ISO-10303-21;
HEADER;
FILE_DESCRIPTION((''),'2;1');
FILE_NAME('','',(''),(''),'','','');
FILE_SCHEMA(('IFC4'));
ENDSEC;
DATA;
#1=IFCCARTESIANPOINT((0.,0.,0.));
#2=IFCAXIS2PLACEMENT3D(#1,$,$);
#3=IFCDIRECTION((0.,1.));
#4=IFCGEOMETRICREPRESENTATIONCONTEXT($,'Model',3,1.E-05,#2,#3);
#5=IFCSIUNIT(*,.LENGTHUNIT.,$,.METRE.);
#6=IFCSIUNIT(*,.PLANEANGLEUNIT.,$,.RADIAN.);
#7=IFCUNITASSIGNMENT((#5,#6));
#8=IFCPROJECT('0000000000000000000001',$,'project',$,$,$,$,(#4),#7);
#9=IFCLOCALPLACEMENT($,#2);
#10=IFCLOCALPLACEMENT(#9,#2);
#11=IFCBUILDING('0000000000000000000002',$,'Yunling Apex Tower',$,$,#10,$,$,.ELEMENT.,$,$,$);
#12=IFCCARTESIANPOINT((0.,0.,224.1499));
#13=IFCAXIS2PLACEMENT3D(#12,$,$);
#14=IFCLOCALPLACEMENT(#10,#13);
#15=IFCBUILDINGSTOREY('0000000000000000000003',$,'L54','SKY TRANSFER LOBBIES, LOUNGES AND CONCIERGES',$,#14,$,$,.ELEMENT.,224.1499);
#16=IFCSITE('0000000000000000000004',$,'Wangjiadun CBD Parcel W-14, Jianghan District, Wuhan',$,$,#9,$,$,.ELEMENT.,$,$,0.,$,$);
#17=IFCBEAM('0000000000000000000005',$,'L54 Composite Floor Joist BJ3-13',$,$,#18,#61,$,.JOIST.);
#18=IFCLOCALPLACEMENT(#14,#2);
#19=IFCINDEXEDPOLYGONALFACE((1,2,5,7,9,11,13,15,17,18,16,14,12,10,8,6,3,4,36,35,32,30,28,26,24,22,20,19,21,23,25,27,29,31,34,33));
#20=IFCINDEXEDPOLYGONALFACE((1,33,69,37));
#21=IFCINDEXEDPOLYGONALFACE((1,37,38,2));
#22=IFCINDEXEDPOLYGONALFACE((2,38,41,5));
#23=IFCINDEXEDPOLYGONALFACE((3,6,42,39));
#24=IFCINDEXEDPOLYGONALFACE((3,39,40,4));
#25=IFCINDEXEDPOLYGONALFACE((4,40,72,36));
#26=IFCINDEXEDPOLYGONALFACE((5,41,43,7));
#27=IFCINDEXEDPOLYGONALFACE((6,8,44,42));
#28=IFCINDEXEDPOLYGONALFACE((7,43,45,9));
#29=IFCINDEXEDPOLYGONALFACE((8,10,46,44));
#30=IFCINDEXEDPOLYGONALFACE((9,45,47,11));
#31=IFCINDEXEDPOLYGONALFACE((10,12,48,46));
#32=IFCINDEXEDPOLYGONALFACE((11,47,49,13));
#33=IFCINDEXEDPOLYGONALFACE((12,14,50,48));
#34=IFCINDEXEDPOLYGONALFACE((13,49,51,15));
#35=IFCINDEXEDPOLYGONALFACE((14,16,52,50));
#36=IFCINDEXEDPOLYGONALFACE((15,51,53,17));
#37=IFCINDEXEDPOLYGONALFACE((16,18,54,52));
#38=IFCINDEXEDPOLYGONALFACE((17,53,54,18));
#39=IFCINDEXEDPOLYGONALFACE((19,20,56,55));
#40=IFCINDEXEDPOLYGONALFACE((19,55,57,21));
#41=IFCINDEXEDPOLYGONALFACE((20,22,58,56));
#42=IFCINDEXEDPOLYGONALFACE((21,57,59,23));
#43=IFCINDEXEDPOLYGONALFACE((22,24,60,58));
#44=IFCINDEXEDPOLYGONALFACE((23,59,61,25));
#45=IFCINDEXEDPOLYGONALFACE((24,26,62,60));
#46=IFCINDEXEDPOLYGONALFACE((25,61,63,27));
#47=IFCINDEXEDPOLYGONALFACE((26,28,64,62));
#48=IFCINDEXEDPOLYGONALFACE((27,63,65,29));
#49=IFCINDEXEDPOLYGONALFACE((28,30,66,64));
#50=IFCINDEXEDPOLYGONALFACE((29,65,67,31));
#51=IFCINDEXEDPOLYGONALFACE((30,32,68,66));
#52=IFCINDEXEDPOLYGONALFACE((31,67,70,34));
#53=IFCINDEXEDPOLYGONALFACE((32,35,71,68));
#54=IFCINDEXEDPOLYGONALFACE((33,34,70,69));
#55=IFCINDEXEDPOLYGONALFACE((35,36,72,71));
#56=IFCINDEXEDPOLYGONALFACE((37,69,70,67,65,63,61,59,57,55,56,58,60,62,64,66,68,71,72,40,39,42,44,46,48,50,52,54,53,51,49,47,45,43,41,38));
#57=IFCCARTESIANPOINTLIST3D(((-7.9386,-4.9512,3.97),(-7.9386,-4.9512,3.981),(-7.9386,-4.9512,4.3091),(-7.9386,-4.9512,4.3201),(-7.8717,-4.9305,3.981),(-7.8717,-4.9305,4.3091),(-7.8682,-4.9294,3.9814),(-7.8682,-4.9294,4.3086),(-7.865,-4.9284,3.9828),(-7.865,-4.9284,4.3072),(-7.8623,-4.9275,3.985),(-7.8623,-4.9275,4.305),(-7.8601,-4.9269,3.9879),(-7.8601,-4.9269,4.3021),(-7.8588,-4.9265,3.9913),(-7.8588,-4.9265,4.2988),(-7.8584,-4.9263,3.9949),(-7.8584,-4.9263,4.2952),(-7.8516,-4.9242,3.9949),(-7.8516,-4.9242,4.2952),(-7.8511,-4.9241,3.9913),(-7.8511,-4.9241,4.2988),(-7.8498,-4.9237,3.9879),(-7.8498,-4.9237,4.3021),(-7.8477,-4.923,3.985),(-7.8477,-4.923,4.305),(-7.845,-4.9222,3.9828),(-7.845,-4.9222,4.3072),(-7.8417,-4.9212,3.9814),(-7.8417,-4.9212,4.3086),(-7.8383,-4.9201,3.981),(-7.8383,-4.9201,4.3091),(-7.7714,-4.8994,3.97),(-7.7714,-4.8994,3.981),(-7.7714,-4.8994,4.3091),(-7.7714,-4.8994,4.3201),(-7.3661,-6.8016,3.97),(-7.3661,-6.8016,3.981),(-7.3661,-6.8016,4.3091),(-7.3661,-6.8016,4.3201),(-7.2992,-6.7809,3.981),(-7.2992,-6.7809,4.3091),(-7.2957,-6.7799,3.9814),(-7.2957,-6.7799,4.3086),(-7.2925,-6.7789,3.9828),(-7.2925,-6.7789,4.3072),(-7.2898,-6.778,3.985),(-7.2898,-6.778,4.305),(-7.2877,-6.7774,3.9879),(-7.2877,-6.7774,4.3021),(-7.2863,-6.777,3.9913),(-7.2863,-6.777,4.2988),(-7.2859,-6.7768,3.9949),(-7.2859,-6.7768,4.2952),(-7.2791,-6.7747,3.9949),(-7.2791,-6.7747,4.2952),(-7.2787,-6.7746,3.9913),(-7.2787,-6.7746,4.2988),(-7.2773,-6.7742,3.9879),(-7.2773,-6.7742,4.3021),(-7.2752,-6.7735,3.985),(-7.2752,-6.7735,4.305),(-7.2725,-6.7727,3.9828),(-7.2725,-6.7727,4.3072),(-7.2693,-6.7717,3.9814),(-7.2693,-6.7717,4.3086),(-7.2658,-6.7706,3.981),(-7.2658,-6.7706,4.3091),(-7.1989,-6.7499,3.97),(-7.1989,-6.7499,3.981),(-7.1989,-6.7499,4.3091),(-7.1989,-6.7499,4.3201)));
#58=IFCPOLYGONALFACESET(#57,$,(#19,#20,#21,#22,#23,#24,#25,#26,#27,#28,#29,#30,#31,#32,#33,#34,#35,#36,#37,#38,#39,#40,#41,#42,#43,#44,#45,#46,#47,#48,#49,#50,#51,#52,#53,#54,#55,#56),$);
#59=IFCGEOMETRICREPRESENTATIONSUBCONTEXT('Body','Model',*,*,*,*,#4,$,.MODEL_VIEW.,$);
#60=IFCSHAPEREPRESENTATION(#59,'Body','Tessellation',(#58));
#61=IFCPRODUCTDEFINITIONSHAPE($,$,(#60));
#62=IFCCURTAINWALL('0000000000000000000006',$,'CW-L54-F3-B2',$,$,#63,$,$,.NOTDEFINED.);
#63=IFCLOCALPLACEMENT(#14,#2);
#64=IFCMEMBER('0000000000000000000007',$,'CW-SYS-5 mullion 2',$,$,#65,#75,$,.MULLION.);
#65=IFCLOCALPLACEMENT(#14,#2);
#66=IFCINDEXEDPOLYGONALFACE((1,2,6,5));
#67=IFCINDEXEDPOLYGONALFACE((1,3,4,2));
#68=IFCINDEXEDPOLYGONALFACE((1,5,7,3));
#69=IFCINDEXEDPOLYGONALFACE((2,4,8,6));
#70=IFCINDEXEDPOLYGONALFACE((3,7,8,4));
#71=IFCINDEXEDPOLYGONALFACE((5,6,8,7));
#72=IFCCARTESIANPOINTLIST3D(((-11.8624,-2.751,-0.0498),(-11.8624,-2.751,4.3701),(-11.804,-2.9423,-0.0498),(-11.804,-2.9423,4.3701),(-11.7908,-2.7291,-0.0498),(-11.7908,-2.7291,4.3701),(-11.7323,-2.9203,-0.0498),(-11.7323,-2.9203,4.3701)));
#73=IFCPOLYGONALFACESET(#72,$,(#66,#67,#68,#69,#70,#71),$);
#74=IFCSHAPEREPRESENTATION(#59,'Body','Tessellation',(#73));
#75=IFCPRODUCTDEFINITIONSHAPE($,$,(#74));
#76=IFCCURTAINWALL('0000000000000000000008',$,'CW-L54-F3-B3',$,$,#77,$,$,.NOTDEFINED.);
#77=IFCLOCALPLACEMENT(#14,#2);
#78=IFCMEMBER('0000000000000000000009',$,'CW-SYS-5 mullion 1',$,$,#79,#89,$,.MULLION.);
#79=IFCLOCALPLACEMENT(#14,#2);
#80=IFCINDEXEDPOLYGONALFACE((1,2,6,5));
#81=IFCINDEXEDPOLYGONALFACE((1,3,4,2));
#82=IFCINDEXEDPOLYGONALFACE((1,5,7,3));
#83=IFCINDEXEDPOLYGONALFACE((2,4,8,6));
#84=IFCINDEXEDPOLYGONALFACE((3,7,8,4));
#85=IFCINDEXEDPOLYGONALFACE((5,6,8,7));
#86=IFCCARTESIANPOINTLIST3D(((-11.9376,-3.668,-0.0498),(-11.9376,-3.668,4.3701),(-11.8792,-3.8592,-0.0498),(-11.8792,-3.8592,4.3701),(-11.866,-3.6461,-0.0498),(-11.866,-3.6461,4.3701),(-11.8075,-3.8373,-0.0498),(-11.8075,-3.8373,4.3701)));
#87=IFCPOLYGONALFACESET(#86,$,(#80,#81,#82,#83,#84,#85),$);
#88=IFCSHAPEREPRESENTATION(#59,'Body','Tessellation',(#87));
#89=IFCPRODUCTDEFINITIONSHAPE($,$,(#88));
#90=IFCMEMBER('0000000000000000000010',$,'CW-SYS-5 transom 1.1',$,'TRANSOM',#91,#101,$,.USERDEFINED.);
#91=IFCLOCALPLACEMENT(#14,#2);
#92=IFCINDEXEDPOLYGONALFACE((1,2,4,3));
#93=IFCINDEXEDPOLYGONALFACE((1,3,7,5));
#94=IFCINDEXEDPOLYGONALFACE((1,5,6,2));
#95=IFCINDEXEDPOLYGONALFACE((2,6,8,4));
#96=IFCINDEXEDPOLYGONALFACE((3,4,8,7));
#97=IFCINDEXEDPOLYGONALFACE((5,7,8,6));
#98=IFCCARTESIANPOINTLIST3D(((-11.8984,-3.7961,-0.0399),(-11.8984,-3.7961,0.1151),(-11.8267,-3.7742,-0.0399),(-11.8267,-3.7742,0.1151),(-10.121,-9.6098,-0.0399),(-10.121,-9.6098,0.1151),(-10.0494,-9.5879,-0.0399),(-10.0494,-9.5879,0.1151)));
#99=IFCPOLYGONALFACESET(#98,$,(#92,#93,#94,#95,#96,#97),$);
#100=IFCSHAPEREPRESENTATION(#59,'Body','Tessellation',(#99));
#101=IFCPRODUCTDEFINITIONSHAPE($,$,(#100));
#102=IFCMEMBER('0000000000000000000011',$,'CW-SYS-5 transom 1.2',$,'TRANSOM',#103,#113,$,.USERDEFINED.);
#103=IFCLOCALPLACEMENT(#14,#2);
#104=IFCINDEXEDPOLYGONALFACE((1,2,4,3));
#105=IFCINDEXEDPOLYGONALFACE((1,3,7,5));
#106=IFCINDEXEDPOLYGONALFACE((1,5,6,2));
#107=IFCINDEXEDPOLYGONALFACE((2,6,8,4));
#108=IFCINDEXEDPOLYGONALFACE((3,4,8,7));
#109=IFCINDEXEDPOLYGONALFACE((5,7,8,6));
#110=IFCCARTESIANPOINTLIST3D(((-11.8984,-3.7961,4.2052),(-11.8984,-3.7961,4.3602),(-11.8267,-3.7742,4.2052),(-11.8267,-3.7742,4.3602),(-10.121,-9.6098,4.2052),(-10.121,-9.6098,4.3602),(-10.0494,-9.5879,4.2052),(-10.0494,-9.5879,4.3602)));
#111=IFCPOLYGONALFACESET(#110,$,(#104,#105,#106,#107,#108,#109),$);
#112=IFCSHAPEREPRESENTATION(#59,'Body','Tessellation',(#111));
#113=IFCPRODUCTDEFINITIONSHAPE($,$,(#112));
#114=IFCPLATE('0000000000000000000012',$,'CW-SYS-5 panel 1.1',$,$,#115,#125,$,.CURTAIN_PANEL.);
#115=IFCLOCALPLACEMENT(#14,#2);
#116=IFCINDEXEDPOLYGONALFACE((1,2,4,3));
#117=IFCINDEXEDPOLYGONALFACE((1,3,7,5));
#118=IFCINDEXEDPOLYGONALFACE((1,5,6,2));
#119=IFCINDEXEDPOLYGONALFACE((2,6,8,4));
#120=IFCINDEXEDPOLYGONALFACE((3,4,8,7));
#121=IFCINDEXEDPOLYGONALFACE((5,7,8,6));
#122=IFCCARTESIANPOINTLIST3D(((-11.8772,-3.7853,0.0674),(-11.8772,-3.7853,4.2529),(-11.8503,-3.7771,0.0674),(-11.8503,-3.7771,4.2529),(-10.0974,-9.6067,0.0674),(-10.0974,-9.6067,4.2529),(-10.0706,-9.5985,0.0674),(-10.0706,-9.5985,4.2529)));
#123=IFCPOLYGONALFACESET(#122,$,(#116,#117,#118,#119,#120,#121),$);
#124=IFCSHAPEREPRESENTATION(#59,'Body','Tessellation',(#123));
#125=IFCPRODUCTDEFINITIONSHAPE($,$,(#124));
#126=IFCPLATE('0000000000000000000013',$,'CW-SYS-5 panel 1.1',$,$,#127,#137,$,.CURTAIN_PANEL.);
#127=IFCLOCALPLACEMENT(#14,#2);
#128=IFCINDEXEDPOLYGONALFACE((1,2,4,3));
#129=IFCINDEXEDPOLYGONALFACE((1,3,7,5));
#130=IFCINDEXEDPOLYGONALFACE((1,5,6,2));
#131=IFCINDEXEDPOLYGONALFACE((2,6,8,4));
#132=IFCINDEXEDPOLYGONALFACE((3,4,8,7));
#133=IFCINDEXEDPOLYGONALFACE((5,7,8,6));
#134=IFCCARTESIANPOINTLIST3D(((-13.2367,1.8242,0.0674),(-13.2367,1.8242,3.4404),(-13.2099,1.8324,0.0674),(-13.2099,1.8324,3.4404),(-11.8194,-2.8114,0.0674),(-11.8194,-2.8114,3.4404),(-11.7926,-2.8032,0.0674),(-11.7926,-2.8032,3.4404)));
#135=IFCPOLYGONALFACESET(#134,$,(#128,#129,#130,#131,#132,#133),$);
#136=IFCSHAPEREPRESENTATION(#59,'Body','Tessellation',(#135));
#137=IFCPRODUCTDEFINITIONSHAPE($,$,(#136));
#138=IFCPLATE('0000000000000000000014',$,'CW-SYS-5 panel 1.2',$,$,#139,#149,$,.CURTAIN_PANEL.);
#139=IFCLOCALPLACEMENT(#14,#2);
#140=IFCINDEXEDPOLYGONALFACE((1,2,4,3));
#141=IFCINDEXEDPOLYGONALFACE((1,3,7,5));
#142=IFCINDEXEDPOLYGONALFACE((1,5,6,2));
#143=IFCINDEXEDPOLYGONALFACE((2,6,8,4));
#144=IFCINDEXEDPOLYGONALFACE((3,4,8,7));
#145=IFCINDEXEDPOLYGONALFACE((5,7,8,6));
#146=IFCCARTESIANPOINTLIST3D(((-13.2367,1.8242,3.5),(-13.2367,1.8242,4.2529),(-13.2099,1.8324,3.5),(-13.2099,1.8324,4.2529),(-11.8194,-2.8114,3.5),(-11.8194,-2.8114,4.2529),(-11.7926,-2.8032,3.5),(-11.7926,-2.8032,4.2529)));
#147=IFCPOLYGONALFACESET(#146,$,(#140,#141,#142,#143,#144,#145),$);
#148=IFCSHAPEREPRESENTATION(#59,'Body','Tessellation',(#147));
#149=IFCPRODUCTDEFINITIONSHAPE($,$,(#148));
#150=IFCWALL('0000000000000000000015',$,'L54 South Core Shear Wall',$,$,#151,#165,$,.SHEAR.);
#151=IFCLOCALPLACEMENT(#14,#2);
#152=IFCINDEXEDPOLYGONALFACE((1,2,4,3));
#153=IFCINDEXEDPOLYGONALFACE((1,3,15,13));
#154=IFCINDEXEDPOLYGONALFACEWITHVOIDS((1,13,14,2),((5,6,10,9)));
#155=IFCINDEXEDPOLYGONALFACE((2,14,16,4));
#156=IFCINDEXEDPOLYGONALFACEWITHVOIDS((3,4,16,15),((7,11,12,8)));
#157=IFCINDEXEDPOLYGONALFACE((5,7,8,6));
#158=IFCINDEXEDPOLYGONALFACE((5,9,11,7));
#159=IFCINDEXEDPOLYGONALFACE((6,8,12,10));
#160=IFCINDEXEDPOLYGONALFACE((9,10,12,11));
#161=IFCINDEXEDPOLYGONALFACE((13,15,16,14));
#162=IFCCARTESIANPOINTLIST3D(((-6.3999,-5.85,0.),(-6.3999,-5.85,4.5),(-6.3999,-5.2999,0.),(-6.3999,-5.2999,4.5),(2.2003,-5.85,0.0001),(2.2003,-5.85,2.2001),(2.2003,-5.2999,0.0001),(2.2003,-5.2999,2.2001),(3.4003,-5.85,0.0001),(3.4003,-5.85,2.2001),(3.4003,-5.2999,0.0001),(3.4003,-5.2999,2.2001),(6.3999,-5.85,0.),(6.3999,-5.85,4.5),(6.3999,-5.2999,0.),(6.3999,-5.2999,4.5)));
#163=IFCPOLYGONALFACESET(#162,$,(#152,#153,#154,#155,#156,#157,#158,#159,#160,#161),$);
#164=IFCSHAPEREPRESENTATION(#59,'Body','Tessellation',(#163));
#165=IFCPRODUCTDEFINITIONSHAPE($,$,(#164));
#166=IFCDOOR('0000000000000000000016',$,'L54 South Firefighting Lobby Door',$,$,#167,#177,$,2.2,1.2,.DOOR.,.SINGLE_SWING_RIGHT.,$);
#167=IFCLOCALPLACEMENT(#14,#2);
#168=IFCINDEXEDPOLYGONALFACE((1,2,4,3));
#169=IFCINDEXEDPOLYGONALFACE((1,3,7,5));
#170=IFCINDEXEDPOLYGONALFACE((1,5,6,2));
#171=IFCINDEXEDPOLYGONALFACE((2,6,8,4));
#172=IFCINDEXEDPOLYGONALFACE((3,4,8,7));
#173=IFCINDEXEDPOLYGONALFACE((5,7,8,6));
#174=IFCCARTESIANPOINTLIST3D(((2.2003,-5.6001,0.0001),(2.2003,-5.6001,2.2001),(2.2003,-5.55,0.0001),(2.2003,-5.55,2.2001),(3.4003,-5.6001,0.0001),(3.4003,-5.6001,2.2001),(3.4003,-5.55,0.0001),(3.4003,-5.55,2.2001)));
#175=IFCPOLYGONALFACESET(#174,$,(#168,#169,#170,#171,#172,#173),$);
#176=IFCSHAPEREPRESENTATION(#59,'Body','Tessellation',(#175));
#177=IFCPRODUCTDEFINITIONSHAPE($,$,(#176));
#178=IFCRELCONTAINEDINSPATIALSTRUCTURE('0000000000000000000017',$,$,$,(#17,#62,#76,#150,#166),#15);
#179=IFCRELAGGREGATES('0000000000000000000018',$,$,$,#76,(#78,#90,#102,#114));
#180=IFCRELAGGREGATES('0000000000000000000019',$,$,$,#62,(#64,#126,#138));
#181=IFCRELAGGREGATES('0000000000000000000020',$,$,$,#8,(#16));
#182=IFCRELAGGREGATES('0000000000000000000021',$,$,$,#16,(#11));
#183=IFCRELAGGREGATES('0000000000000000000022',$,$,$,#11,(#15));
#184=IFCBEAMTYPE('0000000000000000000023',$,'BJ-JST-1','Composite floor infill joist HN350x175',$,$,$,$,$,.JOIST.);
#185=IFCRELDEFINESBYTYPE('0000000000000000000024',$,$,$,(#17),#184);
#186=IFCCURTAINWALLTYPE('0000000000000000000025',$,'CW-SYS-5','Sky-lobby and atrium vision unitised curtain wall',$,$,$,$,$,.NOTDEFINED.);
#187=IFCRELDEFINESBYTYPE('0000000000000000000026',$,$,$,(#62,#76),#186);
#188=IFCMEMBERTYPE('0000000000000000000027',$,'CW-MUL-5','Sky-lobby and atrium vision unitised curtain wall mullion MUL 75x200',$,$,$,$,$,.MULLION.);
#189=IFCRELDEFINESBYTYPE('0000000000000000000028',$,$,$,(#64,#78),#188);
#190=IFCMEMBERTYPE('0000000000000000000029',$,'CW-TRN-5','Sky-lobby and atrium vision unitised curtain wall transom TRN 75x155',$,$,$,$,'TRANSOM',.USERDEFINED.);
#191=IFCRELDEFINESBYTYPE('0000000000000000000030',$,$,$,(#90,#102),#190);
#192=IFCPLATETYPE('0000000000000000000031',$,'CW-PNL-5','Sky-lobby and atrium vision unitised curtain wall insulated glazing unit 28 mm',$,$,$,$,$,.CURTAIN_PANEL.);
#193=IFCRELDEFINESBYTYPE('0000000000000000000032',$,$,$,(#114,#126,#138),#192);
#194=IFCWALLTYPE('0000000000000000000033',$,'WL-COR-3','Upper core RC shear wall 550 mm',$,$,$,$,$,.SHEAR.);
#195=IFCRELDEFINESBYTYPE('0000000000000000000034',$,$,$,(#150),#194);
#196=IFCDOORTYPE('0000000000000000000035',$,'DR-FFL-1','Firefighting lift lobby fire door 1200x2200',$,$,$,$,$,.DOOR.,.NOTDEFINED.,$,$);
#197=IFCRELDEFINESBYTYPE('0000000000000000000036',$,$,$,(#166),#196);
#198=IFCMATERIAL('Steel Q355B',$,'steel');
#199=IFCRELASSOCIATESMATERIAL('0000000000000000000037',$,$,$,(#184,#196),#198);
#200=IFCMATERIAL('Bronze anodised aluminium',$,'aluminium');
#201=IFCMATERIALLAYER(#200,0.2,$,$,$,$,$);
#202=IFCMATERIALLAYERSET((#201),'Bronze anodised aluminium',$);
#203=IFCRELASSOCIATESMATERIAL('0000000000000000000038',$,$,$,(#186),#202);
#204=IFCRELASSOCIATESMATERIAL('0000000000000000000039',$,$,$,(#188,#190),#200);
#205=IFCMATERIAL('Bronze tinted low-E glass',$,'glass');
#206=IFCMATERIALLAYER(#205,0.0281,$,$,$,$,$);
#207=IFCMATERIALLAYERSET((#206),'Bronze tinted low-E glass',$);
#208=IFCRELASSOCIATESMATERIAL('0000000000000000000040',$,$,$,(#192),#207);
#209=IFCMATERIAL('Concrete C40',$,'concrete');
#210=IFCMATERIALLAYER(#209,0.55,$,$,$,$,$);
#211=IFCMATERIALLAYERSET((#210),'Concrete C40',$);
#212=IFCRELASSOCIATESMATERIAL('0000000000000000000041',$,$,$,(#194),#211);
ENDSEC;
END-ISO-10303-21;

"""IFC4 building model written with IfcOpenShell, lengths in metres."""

from ifc_helpers import new_model, si_unit, direction, frame, frame_2d, origin, origin_2d, place, context, subcontext, project, spatial, rectangle, i_section, extrude, source, transform, mapped, material, layer, layer_set, material_profile, profile_set, type_object, element, fill, aggregate, save


model = new_model("IFC4")

# Units and contexts
model_context = context("Model", 3, precision=1e-05, world=origin(), true_north=direction((0.0, 1.0)))
body_context = subcontext(model_context, "Body", "Model", "MODEL_VIEW")
ifc_project = project(units=[si_unit("LENGTHUNIT", "METRE"), si_unit("PLANEANGLEUNIT", "RADIAN")], contexts=[model_context])

# Site, building, storey
site_placement = place(None, origin())
site = spatial("IfcSite", under=ifc_project, at=site_placement, Name="Wangjiadun CBD Parcel W-14, Jianghan District, Wuhan", CompositionType="ELEMENT", RefElevation=0.0)
building_placement = place(site_placement, origin())
building = spatial("IfcBuilding", under=site, at=building_placement, Name="Yunling Apex Tower", CompositionType="ELEMENT")
storey_placement = place(building_placement, frame((0.0, 0.0, 224.1499)))
storey = spatial("IfcBuildingStorey", under=building, at=storey_placement, Name="L54", Description="SKY TRANSFER LOBBIES, LOUNGES AND CONCIERGES", CompositionType="ELEMENT", Elevation=224.1499)

# Beam
ifc_material_1 = material(Name="Steel Q355B", Category="steel")
ifc_material_profile_1 = material_profile(ifc_material_1, i_section(OverallWidth=0.175, OverallDepth=0.3501, WebThickness=0.0071, FlangeThickness=0.011, FilletRadius=0.0139, at=origin_2d()))
ifc_profile_set_1 = profile_set([ifc_material_profile_1], Name="Steel Q355B")
beam_type_1 = type_object("IfcBeamType", Name="BJ-JST-1", Description="Composite floor infill joist HN350x175", PredefinedType="JOIST", material=ifc_profile_set_1)
shared_shape_1 = source(origin(), body_context, "Body", "SweptSolid", [
    extrude(i_section(OverallWidth=0.175, OverallDepth=0.3501, WebThickness=0.0071, FlangeThickness=0.011, FilletRadius=0.0139, at=origin_2d()), origin(), (0.0, 0.0, 1.0), 1.937),
])
beam_1_placement = place(storey_placement, frame((-7.855, -4.9253, 4.145), z_axis=(0.295547, -0.955328, 0.0), x_axis=(0.955328, 0.295547, 0.0)))
element("IfcBeam", 1, at=beam_1_placement, inside=storey, type_object=beam_type_1, Name="L54 Composite Floor Joist BJ3-13", PredefinedType="JOIST", context=body_context, shape_type="MappedRepresentation", body=[
    mapped(shared_shape_1, transform((0.0, 0.0, 0.0), scale=1.0)),
])

# Curtain wall, member
ifc_material_2 = material(Name="Bronze anodised aluminium", Category="aluminium")
ifc_layer_1 = layer(ifc_material_2, 0.2)
ifc_layer_set_1 = layer_set([ifc_layer_1], Name="Bronze anodised aluminium")
curtain_wall_type = type_object("IfcCurtainWallType", Name="CW-SYS-5", Description="Sky-lobby and atrium vision unitised curtain wall", PredefinedType="NOTDEFINED", material=ifc_layer_set_1)
curtain_wall_1_placement = place(storey_placement, origin())
curtain_wall_1 = element("IfcCurtainWall", 2, at=curtain_wall_1_placement, inside=storey, type_object=curtain_wall_type, Name="CW-L54-F3-B2", PredefinedType="NOTDEFINED")
ifc_material_profile_2 = material_profile(ifc_material_2, rectangle(XDim=0.075, YDim=0.2, at=origin_2d()))
ifc_profile_set_2 = profile_set([ifc_material_profile_2], Name="Bronze anodised aluminium")
member_type_1 = type_object("IfcMemberType", Name="CW-MUL-5", Description="Sky-lobby and atrium vision unitised curtain wall mullion MUL 75x200", PredefinedType="MULLION", material=ifc_profile_set_2)
shared_shape_2 = source(origin(), body_context, "Body", "SweptSolid", [
    extrude(rectangle(XDim=0.075, YDim=0.2, at=origin_2d()), origin(), (0.0, 0.0, 1.0), 4.4199),
])
member_1_placement = place(storey_placement, frame((-11.7974, -2.8357, -0.0498), z_axis=(0.0, 0.0, 1.0), x_axis=(0.956304, 0.292373, 0.0)))
member_1 = element("IfcMember", 3, at=member_1_placement, type_object=member_type_1, Name="CW-SYS-5 mullion 2", PredefinedType="MULLION", context=body_context, shape_type="MappedRepresentation", body=[
    mapped(shared_shape_2, transform((0.0, 0.0, 0.0), scale=1.0)),
])

# Curtain wall, members, plate
curtain_wall_2_placement = place(storey_placement, origin())
curtain_wall_2 = element("IfcCurtainWall", 4, at=curtain_wall_2_placement, inside=storey, type_object=curtain_wall_type, Name="CW-L54-F3-B3", PredefinedType="NOTDEFINED")
member_2_placement = place(storey_placement, frame((-11.8726, -3.7527, -0.0498), z_axis=(0.0, 0.0, 1.0), x_axis=(0.956305, 0.292372, 0.0)))
member_2 = element("IfcMember", 5, at=member_2_placement, type_object=member_type_1, Name="CW-SYS-5 mullion 1", PredefinedType="MULLION", context=body_context, shape_type="MappedRepresentation", body=[
    mapped(shared_shape_2, transform((0.0, 0.0, 0.0), scale=1.0)),
])
ifc_material_profile_3 = material_profile(ifc_material_2, rectangle(XDim=0.075, YDim=0.155, at=origin_2d()))
ifc_profile_set_3 = profile_set([ifc_material_profile_3], Name="Bronze anodised aluminium")
member_type_2 = type_object("IfcMemberType", Name="CW-TRN-5", Description="Sky-lobby and atrium vision unitised curtain wall transom TRN 75x155", ElementType="TRANSOM", PredefinedType="USERDEFINED", material=ifc_profile_set_3)
shared_shape_3 = source(origin(), body_context, "Body", "SweptSolid", [
    extrude(rectangle(XDim=0.075, YDim=0.155, at=origin_2d()), origin(), (0.0, 0.0, 1.0), 6.0793),
])
member_3_placement = place(storey_placement, frame((-11.8625, -3.7852, 0.0376), z_axis=(0.292358, -0.956309, 0.0), x_axis=(0.956309, 0.292358, 0.0)))
member_3 = element("IfcMember", 6, at=member_3_placement, type_object=member_type_2, Name="CW-SYS-5 transom 1.1", ObjectType="TRANSOM", PredefinedType="USERDEFINED", context=body_context, shape_type="MappedRepresentation", body=[
    mapped(shared_shape_3, transform((0.0, 0.0, 0.0), scale=1.0)),
])
member_4_placement = place(storey_placement, frame((-11.8625, -3.7852, 4.2827), z_axis=(0.292358, -0.956309, 0.0), x_axis=(0.956309, 0.292358, 0.0)))
member_4 = element("IfcMember", 7, at=member_4_placement, type_object=member_type_2, Name="CW-SYS-5 transom 1.2", ObjectType="TRANSOM", PredefinedType="USERDEFINED", context=body_context, shape_type="MappedRepresentation", body=[
    mapped(shared_shape_3, transform((0.0, 0.0, 0.0), scale=1.0)),
])
ifc_material_3 = material(Name="Bronze tinted low-E glass", Category="glass")
ifc_layer_2 = layer(ifc_material_3, 0.0281)
ifc_layer_set_2 = layer_set([ifc_layer_2], Name="Bronze tinted low-E glass")
plate_type = type_object("IfcPlateType", Name="CW-PNL-5", Description="Sky-lobby and atrium vision unitised curtain wall insulated glazing unit 28 mm", PredefinedType="CURTAIN_PANEL", material=ifc_layer_set_2)
shared_shape_4 = source(origin(), body_context, "Body", "SweptSolid", [
    extrude(rectangle(XDim=6.0874, YDim=0.0281, at=origin_2d()), origin(), (0.0, 0.0, 1.0), 4.1855),
])
plate_1_placement = place(storey_placement, frame((-10.9739, -6.6919, 0.0674), z_axis=(0.0, 0.0, 1.0), x_axis=(0.292372, -0.956305, 0.0)))
plate_1 = element("IfcPlate", 8, at=plate_1_placement, type_object=plate_type, Name="CW-SYS-5 panel 1.1", PredefinedType="CURTAIN_PANEL", context=body_context, shape_type="MappedRepresentation", body=[
    mapped(shared_shape_4, transform((0.0, 0.0, 0.0), scale=1.0)),
])
aggregate(curtain_wall_2, [member_2, member_3, member_4, plate_1])

# Plates
shared_shape_5 = source(origin(), body_context, "Body", "SweptSolid", [
    extrude(rectangle(XDim=4.8474, YDim=0.0281, at=origin_2d()), origin(), (0.0, 0.0, 1.0), 3.373),
])
plate_2_placement = place(storey_placement, frame((-12.5146, -0.4895, 0.0674), z_axis=(0.0, 0.0, 1.0), x_axis=(0.292373, -0.956304, 0.0)))
plate_2 = element("IfcPlate", 9, at=plate_2_placement, type_object=plate_type, Name="CW-SYS-5 panel 1.1", PredefinedType="CURTAIN_PANEL", context=body_context, shape_type="MappedRepresentation", body=[
    mapped(shared_shape_5, transform((0.0, 0.0, 0.0), scale=1.0)),
])
shared_shape_6 = source(origin(), body_context, "Body", "SweptSolid", [
    extrude(rectangle(XDim=4.8474, YDim=0.0281, at=origin_2d()), origin(), (0.0, 0.0, 1.0), 0.7529),
])
plate_3_placement = place(storey_placement, frame((-12.5146, -0.4895, 3.5), z_axis=(0.0, 0.0, 1.0), x_axis=(0.292373, -0.956304, 0.0)))
plate_3 = element("IfcPlate", 10, at=plate_3_placement, type_object=plate_type, Name="CW-SYS-5 panel 1.2", PredefinedType="CURTAIN_PANEL", context=body_context, shape_type="MappedRepresentation", body=[
    mapped(shared_shape_6, transform((0.0, 0.0, 0.0), scale=1.0)),
])
aggregate(curtain_wall_1, [member_1, plate_2, plate_3])

# Wall, opening, door
ifc_material_4 = material(Name="Concrete C40", Category="concrete")
ifc_layer_3 = layer(ifc_material_4, 0.55)
ifc_layer_set_3 = layer_set([ifc_layer_3], Name="Concrete C40")
wall_type_1 = type_object("IfcWallType", Name="WL-COR-3", Description="Upper core RC shear wall 550 mm", PredefinedType="SHEAR", material=ifc_layer_set_3)
wall_1_placement = place(storey_placement, frame((-6.3999, -5.575, 0.0), z_axis=(0.0, 0.0, 1.0), x_axis=(1.0, 0.0, 0.0)))
wall_1 = element("IfcWall", 11, at=wall_1_placement, inside=storey, type_object=wall_type_1, Name="L54 South Core Shear Wall", PredefinedType="SHEAR", context=body_context, shape_type="SweptSolid", body=[
    extrude(rectangle(XDim=12.7998, YDim=0.55, at=frame_2d((6.3999, 0.0))), origin(), (0.0, 0.0, 1.0), 4.5),
])
opening_placement = place(wall_1_placement, frame((8.6001, 0.0, 0.0)))
opening = element("IfcOpeningElement", 12, at=opening_placement, cuts=wall_1, PredefinedType="OPENING", context=body_context, shape_type="SweptSolid", body=[
    extrude(rectangle(XDim=1.2, YDim=2.2, at=frame_2d((0.6001, 1.1001))), frame((0.0, 0.2852, 0.0), z_axis=(0.0, -1.0, 0.0), x_axis=(1.0, 0.0, 0.0)), (0.0, 0.0, 1.0), 0.5701),
])
door_type = type_object("IfcDoorType", Name="DR-FFL-1", Description="Firefighting lift lobby fire door 1200x2200", OperationType="NOTDEFINED", PredefinedType="DOOR", material=ifc_material_1)
door_placement = place(opening_placement, origin())
door = element("IfcDoor", 13, at=door_placement, inside=storey, type_object=door_type, Name="L54 South Firefighting Lobby Door", OperationType="SINGLE_SWING_RIGHT", OverallHeight=2.2, OverallWidth=1.2, PredefinedType="DOOR", context=body_context, shape_type="SweptSolid", body=[
    extrude(rectangle(XDim=1.2, YDim=2.2, at=frame_2d((0.6001, 1.1001))), frame((0.0, 0.0249, 0.0), z_axis=(0.0, -1.0, 0.0), x_axis=(1.0, 0.0, 0.0)), (0.0, 0.0, 1.0), 0.05),
])
fill(opening, door)

save(model, "model.ifc")
